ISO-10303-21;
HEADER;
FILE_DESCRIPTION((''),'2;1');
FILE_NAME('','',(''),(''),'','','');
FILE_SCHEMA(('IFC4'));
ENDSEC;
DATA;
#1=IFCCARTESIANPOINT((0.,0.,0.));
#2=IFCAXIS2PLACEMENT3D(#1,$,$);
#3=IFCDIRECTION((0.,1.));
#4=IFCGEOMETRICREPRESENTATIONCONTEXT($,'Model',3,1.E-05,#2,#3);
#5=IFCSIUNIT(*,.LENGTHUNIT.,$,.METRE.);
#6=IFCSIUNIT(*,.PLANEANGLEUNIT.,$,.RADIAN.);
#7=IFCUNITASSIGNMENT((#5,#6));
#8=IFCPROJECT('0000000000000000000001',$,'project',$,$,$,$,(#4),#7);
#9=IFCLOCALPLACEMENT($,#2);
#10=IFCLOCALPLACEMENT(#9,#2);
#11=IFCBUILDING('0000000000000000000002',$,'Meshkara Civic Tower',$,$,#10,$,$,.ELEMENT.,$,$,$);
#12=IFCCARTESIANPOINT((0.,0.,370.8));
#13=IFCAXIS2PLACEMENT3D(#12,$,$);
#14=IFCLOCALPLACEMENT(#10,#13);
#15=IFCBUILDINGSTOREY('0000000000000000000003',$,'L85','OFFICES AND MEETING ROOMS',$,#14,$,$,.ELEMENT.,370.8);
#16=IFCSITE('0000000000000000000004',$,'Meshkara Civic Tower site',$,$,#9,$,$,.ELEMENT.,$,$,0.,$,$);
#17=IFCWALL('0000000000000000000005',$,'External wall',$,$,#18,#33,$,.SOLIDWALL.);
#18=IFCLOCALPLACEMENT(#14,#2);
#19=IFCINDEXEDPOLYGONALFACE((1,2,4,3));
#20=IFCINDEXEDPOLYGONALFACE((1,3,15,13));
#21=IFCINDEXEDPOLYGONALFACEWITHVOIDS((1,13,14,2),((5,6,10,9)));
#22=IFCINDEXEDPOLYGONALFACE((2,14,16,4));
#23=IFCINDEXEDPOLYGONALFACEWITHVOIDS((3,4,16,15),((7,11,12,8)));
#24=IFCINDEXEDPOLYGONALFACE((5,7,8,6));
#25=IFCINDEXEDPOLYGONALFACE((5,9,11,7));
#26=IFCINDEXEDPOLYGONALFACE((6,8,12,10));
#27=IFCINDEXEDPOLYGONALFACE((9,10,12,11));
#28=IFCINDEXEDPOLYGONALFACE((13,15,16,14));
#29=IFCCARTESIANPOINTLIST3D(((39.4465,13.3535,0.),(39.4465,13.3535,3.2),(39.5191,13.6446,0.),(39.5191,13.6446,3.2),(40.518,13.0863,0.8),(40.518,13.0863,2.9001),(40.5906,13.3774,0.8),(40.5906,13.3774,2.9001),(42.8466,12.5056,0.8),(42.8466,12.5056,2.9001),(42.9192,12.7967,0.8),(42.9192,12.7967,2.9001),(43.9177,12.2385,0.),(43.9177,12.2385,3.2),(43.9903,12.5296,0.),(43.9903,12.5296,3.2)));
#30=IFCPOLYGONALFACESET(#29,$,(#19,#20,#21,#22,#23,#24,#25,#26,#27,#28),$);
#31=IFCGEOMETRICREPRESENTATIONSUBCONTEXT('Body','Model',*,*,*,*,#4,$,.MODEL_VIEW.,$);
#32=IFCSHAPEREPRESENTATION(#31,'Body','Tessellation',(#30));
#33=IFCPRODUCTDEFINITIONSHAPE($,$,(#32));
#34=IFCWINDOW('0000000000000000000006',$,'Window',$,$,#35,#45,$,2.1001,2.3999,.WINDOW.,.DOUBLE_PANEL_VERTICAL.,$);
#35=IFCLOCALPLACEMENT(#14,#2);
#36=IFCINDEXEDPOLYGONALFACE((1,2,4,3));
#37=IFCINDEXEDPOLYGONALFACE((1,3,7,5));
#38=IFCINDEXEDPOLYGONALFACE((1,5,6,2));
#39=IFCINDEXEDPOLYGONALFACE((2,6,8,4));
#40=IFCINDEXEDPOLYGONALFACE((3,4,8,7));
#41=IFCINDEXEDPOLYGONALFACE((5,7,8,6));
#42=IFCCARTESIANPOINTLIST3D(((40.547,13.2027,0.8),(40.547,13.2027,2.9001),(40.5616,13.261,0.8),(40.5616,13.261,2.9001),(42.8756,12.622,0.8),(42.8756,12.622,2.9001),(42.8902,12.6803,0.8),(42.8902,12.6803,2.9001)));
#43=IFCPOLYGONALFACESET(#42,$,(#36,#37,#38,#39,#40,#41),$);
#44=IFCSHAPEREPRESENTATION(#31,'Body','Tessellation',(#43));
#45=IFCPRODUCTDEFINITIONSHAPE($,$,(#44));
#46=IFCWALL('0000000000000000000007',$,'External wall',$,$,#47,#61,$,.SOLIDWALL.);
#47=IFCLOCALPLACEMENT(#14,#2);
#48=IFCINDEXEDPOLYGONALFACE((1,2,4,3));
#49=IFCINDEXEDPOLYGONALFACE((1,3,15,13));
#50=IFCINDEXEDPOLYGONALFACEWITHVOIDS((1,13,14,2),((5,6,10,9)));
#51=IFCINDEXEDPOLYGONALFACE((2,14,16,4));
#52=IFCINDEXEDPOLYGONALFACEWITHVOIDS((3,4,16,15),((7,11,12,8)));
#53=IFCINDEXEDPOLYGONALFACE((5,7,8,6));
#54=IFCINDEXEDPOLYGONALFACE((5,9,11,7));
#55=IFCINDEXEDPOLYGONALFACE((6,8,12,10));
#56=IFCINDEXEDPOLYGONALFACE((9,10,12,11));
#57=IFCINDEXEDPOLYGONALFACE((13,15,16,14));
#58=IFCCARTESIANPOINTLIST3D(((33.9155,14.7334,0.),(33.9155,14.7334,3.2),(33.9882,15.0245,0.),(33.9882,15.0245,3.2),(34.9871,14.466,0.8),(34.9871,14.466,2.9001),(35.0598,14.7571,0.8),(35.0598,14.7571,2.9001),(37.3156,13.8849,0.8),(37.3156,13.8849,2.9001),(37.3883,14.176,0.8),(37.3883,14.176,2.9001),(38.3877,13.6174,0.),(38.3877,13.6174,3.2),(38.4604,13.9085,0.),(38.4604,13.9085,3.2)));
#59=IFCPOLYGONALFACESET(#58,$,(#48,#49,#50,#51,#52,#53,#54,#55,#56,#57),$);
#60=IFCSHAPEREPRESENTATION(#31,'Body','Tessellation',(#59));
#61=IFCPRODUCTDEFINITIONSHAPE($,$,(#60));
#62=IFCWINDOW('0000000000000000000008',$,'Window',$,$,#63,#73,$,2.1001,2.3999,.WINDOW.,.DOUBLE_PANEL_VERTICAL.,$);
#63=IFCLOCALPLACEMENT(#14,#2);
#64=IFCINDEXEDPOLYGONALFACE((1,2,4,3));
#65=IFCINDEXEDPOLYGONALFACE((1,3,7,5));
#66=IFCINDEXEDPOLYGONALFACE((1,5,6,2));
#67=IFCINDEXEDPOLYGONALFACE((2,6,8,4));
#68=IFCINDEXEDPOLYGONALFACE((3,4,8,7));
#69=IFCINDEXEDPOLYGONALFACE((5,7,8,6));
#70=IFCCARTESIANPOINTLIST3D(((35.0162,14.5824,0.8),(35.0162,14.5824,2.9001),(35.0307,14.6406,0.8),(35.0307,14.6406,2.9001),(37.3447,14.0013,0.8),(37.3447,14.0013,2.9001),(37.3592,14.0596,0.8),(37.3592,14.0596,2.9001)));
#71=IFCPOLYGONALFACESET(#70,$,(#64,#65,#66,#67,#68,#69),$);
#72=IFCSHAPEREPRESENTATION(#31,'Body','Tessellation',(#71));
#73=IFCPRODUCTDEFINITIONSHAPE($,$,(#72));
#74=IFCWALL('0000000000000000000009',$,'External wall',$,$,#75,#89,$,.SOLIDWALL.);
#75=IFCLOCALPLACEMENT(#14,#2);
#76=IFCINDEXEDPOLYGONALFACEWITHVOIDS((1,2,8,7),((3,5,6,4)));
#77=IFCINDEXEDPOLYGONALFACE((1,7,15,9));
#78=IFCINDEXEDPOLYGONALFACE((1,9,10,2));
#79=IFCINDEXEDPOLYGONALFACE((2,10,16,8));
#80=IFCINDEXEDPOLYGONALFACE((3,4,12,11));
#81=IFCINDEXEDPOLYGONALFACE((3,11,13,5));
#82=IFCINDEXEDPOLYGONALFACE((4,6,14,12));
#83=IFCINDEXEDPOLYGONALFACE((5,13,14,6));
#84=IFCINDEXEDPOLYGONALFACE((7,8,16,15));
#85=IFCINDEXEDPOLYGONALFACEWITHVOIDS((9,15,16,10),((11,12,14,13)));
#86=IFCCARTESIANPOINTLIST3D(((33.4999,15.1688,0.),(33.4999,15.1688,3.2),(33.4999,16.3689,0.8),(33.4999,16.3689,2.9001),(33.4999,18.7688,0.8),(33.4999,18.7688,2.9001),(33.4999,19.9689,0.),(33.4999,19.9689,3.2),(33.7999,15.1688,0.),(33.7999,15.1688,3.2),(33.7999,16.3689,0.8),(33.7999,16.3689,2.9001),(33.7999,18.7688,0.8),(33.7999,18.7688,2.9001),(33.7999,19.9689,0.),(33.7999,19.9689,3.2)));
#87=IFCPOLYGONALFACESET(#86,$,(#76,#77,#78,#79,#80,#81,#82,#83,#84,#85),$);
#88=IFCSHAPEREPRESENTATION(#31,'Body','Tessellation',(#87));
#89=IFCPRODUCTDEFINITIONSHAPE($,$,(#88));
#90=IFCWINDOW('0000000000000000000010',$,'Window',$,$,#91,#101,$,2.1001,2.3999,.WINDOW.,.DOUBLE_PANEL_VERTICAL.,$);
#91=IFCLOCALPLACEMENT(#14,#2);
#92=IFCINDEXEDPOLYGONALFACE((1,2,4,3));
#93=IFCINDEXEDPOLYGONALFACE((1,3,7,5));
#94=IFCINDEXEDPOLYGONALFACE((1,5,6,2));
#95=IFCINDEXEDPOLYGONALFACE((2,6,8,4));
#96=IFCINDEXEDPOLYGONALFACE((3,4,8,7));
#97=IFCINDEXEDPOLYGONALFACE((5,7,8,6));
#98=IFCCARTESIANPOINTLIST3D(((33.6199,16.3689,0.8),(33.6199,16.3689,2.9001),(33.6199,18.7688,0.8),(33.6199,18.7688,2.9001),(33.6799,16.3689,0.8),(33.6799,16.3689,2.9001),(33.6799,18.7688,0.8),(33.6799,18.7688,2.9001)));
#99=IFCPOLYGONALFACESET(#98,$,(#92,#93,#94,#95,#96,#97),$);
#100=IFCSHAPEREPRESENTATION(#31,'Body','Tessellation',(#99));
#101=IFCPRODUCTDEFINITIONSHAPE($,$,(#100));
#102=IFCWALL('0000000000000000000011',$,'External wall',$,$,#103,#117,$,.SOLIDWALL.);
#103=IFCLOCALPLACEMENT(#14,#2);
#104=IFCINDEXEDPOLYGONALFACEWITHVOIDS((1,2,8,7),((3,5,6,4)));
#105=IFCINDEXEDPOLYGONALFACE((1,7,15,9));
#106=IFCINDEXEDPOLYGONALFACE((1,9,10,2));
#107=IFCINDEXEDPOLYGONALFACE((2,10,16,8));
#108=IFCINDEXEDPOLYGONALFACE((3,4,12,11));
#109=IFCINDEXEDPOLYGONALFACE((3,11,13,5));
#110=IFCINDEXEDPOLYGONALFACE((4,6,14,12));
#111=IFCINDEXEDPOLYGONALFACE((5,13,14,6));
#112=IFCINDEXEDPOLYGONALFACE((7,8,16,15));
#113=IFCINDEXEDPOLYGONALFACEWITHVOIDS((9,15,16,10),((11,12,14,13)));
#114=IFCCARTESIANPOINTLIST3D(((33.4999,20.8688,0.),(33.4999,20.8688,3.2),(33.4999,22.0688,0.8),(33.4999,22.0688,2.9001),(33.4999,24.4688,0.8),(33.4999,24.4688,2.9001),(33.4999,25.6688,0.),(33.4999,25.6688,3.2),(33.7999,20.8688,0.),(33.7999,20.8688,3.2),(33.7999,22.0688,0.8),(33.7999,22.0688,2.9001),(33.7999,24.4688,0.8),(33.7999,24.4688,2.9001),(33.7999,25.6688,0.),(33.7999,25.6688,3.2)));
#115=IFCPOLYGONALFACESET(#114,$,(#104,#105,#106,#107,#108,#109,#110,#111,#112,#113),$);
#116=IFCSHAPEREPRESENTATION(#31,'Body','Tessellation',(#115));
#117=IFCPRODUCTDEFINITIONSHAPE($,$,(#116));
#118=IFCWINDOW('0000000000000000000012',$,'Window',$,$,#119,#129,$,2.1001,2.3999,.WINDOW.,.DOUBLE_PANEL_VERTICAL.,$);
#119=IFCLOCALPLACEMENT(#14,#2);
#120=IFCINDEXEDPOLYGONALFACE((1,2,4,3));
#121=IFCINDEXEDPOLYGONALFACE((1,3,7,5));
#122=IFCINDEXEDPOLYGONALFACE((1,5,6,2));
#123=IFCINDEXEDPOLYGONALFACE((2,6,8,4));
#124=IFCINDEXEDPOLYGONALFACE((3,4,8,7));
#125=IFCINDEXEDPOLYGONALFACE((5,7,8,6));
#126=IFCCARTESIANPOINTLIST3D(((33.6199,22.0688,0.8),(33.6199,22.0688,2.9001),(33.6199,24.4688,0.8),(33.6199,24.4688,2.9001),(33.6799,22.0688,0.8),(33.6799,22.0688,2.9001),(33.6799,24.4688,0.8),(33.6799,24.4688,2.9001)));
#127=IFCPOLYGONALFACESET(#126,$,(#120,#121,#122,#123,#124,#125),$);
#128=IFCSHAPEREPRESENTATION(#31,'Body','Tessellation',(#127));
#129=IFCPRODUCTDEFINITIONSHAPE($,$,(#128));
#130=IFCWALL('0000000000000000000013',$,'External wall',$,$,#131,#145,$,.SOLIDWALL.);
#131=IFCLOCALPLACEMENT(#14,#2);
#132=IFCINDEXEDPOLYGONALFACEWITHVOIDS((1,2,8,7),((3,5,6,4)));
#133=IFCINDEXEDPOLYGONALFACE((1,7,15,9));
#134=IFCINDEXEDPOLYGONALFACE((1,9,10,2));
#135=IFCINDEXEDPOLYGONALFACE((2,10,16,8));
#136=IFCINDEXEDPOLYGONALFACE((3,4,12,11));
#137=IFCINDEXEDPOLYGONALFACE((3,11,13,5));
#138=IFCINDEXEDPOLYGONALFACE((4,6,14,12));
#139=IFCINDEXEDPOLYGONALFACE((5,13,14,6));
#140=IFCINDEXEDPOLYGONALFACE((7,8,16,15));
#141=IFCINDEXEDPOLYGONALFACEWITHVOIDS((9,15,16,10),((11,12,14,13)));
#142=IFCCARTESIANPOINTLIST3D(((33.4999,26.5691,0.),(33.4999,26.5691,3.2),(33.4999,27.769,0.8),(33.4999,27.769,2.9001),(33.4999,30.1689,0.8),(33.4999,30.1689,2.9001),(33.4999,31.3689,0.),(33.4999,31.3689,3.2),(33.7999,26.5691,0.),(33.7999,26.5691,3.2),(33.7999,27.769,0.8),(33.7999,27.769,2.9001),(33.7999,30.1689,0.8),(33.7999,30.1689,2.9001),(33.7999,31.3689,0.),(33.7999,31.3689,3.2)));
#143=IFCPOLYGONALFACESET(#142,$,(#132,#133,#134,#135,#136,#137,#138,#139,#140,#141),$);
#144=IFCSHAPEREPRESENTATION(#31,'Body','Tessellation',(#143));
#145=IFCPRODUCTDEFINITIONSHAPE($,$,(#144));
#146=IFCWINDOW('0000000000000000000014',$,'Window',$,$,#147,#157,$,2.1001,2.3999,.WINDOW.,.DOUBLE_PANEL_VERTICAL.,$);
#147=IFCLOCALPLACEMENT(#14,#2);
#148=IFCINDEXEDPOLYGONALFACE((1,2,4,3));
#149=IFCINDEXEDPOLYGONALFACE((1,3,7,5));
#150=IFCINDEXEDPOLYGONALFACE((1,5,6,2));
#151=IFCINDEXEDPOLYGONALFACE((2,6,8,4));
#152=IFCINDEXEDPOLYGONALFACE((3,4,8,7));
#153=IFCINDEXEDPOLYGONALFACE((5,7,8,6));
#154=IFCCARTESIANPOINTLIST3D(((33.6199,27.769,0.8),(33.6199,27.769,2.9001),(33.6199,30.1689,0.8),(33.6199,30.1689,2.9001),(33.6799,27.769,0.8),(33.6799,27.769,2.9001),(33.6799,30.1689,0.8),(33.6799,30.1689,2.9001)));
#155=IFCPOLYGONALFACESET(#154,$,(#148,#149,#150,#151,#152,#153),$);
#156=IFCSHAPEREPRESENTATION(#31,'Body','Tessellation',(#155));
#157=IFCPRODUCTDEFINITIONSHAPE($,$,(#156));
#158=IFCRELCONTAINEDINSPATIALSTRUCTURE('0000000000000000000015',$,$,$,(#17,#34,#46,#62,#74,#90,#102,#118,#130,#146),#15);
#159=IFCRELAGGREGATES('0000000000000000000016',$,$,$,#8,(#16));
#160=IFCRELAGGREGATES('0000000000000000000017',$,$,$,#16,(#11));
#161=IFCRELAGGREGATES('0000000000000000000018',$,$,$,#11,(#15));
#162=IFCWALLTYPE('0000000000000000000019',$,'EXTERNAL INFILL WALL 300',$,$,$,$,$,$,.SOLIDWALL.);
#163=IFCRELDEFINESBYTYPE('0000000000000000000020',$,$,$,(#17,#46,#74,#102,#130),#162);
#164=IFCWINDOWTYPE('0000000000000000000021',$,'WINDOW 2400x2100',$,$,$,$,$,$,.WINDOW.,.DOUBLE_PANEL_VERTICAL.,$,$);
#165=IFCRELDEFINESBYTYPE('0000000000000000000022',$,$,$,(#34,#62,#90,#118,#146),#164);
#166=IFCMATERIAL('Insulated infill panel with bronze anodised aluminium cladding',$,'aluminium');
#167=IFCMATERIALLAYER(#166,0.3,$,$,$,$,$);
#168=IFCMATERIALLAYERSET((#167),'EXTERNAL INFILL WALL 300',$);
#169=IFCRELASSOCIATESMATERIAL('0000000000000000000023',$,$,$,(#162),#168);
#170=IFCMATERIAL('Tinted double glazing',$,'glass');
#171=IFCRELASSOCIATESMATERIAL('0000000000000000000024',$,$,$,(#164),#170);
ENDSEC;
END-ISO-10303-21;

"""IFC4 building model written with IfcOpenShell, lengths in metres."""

from ifc_helpers import new_model, si_unit, direction, frame, frame_2d, origin, place, context, subcontext, project, spatial, rectangle, extrude, material, layer, layer_set, type_object, element, fill, save


model = new_model("IFC4")

# Units and contexts
model_context = context("Model", 3, precision=1e-05, world=origin(), true_north=direction((0.0, 1.0)))
body_context = subcontext(model_context, "Body", "Model", "MODEL_VIEW")
ifc_project = project(units=[si_unit("LENGTHUNIT", "METRE"), si_unit("PLANEANGLEUNIT", "RADIAN")], contexts=[model_context])

# Site, building, storey
site_placement = place(None, origin())
site = spatial("IfcSite", under=ifc_project, at=site_placement, Name="Meshkara Civic Tower site", CompositionType="ELEMENT", RefElevation=0.0)
building_placement = place(site_placement, origin())
building = spatial("IfcBuilding", under=site, at=building_placement, Name="Meshkara Civic Tower", CompositionType="ELEMENT")
storey_placement = place(building_placement, frame((0.0, 0.0, 370.8)))
storey = spatial("IfcBuildingStorey", under=building, at=storey_placement, Name="L85", Description="OFFICES AND MEETING ROOMS", CompositionType="ELEMENT", Elevation=370.8)

# Walls, openings, windows
ifc_material_1 = material(Name="Insulated infill panel with bronze anodised aluminium cladding", Category="aluminium")
ifc_layer_1 = layer(ifc_material_1, 0.3)
ifc_layer_set_1 = layer_set([ifc_layer_1], Name="EXTERNAL INFILL WALL 300")
wall_type_1 = type_object("IfcWallType", Name="EXTERNAL INFILL WALL 300", PredefinedType="SOLIDWALL", material=ifc_layer_set_1)
wall_1_placement = place(storey_placement, frame((43.9541, 12.384, 0.0), z_axis=(0.0, 0.0, 1.0), x_axis=(-0.970286, 0.241962, 0.0)))
wall_1 = element("IfcWall", 1, at=wall_1_placement, inside=storey, type_object=wall_type_1, Name="External wall", PredefinedType="SOLIDWALL", context=body_context, shape_type="SweptSolid", body=[
    extrude(rectangle(XDim=4.6082, YDim=0.3, at=frame_2d((2.3042, 0.0))), origin(), (0.0, 0.0, 1.0), 3.2),
])
opening_1_placement = place(wall_1_placement, frame((1.104, 0.0, 0.8)))
opening_1 = element("IfcOpeningElement", 2, at=opening_1_placement, cuts=wall_1, PredefinedType="OPENING", context=body_context, shape_type="SweptSolid", body=[
    extrude(rectangle(XDim=2.3999, YDim=2.1001, at=frame_2d((1.2, 1.05))), frame((0.0, 0.1599, 0.0), z_axis=(0.0, -1.0, 0.0), x_axis=(1.0, 0.0, 0.0)), (0.0, 0.0, 1.0), 0.3201),
])
ifc_material_2 = material(Name="Tinted double glazing", Category="glass")
window_type = type_object("IfcWindowType", Name="WINDOW 2400x2100", PartitioningType="DOUBLE_PANEL_VERTICAL", PredefinedType="WINDOW", material=ifc_material_2)
window_1_placement = place(opening_1_placement, origin())
window_1 = element("IfcWindow", 3, at=window_1_placement, inside=storey, type_object=window_type, Name="Window", OverallHeight=2.1001, OverallWidth=2.3999, PartitioningType="DOUBLE_PANEL_VERTICAL", PredefinedType="WINDOW", context=body_context, shape_type="SweptSolid", body=[
    extrude(rectangle(XDim=2.3999, YDim=2.1001, at=frame_2d((1.2, 1.05))), frame((0.0, 0.03, 0.0), z_axis=(0.0, -1.0, 0.0), x_axis=(1.0, 0.0, 0.0)), (0.0, 0.0, 1.0), 0.0601),
])
fill(opening_1, window_1)
wall_2_placement = place(storey_placement, frame((38.4241, 13.7629, 0.0), z_axis=(0.0, 0.0, 1.0), x_axis=(-0.970248, 0.242112, 0.0)))
wall_2 = element("IfcWall", 4, at=wall_2_placement, inside=storey, type_object=wall_type_1, Name="External wall", PredefinedType="SOLIDWALL", context=body_context, shape_type="SweptSolid", body=[
    extrude(rectangle(XDim=4.6094, YDim=0.3, at=frame_2d((2.3047, 0.0))), origin(), (0.0, 0.0, 1.0), 3.2),
])
opening_2_placement = place(wall_2_placement, frame((1.105, 0.0, 0.8)))
opening_2 = element("IfcOpeningElement", 5, at=opening_2_placement, cuts=wall_2, PredefinedType="OPENING", context=body_context, shape_type="SweptSolid", body=[
    extrude(rectangle(XDim=2.3999, YDim=2.1001, at=frame_2d((1.2, 1.05))), frame((0.0, 0.1599, 0.0), z_axis=(0.0, -1.0, 0.0), x_axis=(1.0, 0.0, 0.0)), (0.0, 0.0, 1.0), 0.3201),
])
window_2_placement = place(opening_2_placement, origin())
window_2 = element("IfcWindow", 6, at=window_2_placement, inside=storey, type_object=window_type, Name="Window", OverallHeight=2.1001, OverallWidth=2.3999, PartitioningType="DOUBLE_PANEL_VERTICAL", PredefinedType="WINDOW", context=body_context, shape_type="SweptSolid", body=[
    extrude(rectangle(XDim=2.3999, YDim=2.1001, at=frame_2d((1.2, 1.05))), frame((0.0, 0.03, 0.0), z_axis=(0.0, -1.0, 0.0), x_axis=(1.0, 0.0, 0.0)), (0.0, 0.0, 1.0), 0.0601),
])
fill(opening_2, window_2)
wall_3_placement = place(storey_placement, frame((33.6499, 15.1689, 0.0), z_axis=(0.0, 0.0, 1.0), x_axis=(0.0, 1.0, 0.0)))
wall_3 = element("IfcWall", 7, at=wall_3_placement, inside=storey, type_object=wall_type_1, Name="External wall", PredefinedType="SOLIDWALL", context=body_context, shape_type="SweptSolid", body=[
    extrude(rectangle(XDim=4.8, YDim=0.3, at=frame_2d((2.3999, 0.0))), origin(), (0.0, 0.0, 1.0), 3.2),
])
opening_3_placement = place(wall_3_placement, frame((1.2, 0.0, 0.8)))
opening_3 = element("IfcOpeningElement", 8, at=opening_3_placement, cuts=wall_3, PredefinedType="OPENING", context=body_context, shape_type="SweptSolid", body=[
    extrude(rectangle(XDim=2.3999, YDim=2.1001, at=frame_2d((1.2, 1.05))), frame((0.0, 0.1599, 0.0), z_axis=(0.0, -1.0, 0.0), x_axis=(1.0, 0.0, 0.0)), (0.0, 0.0, 1.0), 0.3201),
])
window_3_placement = place(opening_3_placement, origin())
window_3 = element("IfcWindow", 9, at=window_3_placement, inside=storey, type_object=window_type, Name="Window", OverallHeight=2.1001, OverallWidth=2.3999, PartitioningType="DOUBLE_PANEL_VERTICAL", PredefinedType="WINDOW", context=body_context, shape_type="SweptSolid", body=[
    extrude(rectangle(XDim=2.3999, YDim=2.1001, at=frame_2d((1.2, 1.05))), frame((0.0, 0.03, 0.0), z_axis=(0.0, -1.0, 0.0), x_axis=(1.0, 0.0, 0.0)), (0.0, 0.0, 1.0), 0.0601),
])
fill(opening_3, window_3)
wall_4_placement = place(storey_placement, frame((33.6499, 20.8689, 0.0), z_axis=(0.0, 0.0, 1.0), x_axis=(0.0, 1.0, 0.0)))
wall_4 = element("IfcWall", 10, at=wall_4_placement, inside=storey, type_object=wall_type_1, Name="External wall", PredefinedType="SOLIDWALL", context=body_context, shape_type="SweptSolid", body=[
    extrude(rectangle(XDim=4.8, YDim=0.3, at=frame_2d((2.3999, 0.0))), origin(), (0.0, 0.0, 1.0), 3.2),
])
opening_4_placement = place(wall_4_placement, frame((1.2, 0.0, 0.8)))
opening_4 = element("IfcOpeningElement", 11, at=opening_4_placement, cuts=wall_4, PredefinedType="OPENING", context=body_context, shape_type="SweptSolid", body=[
    extrude(rectangle(XDim=2.3999, YDim=2.1001, at=frame_2d((1.2, 1.05))), frame((0.0, 0.1599, 0.0), z_axis=(0.0, -1.0, 0.0), x_axis=(1.0, 0.0, 0.0)), (0.0, 0.0, 1.0), 0.3201),
])
window_4_placement = place(opening_4_placement, origin())
window_4 = element("IfcWindow", 12, at=window_4_placement, inside=storey, type_object=window_type, Name="Window", OverallHeight=2.1001, OverallWidth=2.3999, PartitioningType="DOUBLE_PANEL_VERTICAL", PredefinedType="WINDOW", context=body_context, shape_type="SweptSolid", body=[
    extrude(rectangle(XDim=2.3999, YDim=2.1001, at=frame_2d((1.2, 1.05))), frame((0.0, 0.03, 0.0), z_axis=(0.0, -1.0, 0.0), x_axis=(1.0, 0.0, 0.0)), (0.0, 0.0, 1.0), 0.0601),
])
fill(opening_4, window_4)
wall_5_placement = place(storey_placement, frame((33.6499, 26.5691, 0.0), z_axis=(0.0, 0.0, 1.0), x_axis=(0.0, 1.0, 0.0)))
wall_5 = element("IfcWall", 13, at=wall_5_placement, inside=storey, type_object=wall_type_1, Name="External wall", PredefinedType="SOLIDWALL", context=body_context, shape_type="SweptSolid", body=[
    extrude(rectangle(XDim=4.7998, YDim=0.3, at=frame_2d((2.3999, 0.0))), origin(), (0.0, 0.0, 1.0), 3.2),
])
opening_5_placement = place(wall_5_placement, frame((1.2, 0.0, 0.8)))
opening_5 = element("IfcOpeningElement", 14, at=opening_5_placement, cuts=wall_5, PredefinedType="OPENING", context=body_context, shape_type="SweptSolid", body=[
    extrude(rectangle(XDim=2.3999, YDim=2.1001, at=frame_2d((1.2, 1.05))), frame((0.0, 0.1599, 0.0), z_axis=(0.0, -1.0, 0.0), x_axis=(1.0, 0.0, 0.0)), (0.0, 0.0, 1.0), 0.3201),
])
window_5_placement = place(opening_5_placement, origin())
window_5 = element("IfcWindow", 15, at=window_5_placement, inside=storey, type_object=window_type, Name="Window", OverallHeight=2.1001, OverallWidth=2.3999, PartitioningType="DOUBLE_PANEL_VERTICAL", PredefinedType="WINDOW", context=body_context, shape_type="SweptSolid", body=[
    extrude(rectangle(XDim=2.3999, YDim=2.1001, at=frame_2d((1.2, 1.05))), frame((0.0, 0.03, 0.0), z_axis=(0.0, -1.0, 0.0), x_axis=(1.0, 0.0, 0.0)), (0.0, 0.0, 1.0), 0.0601),
])
fill(opening_5, window_5)

save(model, "model.ifc")
